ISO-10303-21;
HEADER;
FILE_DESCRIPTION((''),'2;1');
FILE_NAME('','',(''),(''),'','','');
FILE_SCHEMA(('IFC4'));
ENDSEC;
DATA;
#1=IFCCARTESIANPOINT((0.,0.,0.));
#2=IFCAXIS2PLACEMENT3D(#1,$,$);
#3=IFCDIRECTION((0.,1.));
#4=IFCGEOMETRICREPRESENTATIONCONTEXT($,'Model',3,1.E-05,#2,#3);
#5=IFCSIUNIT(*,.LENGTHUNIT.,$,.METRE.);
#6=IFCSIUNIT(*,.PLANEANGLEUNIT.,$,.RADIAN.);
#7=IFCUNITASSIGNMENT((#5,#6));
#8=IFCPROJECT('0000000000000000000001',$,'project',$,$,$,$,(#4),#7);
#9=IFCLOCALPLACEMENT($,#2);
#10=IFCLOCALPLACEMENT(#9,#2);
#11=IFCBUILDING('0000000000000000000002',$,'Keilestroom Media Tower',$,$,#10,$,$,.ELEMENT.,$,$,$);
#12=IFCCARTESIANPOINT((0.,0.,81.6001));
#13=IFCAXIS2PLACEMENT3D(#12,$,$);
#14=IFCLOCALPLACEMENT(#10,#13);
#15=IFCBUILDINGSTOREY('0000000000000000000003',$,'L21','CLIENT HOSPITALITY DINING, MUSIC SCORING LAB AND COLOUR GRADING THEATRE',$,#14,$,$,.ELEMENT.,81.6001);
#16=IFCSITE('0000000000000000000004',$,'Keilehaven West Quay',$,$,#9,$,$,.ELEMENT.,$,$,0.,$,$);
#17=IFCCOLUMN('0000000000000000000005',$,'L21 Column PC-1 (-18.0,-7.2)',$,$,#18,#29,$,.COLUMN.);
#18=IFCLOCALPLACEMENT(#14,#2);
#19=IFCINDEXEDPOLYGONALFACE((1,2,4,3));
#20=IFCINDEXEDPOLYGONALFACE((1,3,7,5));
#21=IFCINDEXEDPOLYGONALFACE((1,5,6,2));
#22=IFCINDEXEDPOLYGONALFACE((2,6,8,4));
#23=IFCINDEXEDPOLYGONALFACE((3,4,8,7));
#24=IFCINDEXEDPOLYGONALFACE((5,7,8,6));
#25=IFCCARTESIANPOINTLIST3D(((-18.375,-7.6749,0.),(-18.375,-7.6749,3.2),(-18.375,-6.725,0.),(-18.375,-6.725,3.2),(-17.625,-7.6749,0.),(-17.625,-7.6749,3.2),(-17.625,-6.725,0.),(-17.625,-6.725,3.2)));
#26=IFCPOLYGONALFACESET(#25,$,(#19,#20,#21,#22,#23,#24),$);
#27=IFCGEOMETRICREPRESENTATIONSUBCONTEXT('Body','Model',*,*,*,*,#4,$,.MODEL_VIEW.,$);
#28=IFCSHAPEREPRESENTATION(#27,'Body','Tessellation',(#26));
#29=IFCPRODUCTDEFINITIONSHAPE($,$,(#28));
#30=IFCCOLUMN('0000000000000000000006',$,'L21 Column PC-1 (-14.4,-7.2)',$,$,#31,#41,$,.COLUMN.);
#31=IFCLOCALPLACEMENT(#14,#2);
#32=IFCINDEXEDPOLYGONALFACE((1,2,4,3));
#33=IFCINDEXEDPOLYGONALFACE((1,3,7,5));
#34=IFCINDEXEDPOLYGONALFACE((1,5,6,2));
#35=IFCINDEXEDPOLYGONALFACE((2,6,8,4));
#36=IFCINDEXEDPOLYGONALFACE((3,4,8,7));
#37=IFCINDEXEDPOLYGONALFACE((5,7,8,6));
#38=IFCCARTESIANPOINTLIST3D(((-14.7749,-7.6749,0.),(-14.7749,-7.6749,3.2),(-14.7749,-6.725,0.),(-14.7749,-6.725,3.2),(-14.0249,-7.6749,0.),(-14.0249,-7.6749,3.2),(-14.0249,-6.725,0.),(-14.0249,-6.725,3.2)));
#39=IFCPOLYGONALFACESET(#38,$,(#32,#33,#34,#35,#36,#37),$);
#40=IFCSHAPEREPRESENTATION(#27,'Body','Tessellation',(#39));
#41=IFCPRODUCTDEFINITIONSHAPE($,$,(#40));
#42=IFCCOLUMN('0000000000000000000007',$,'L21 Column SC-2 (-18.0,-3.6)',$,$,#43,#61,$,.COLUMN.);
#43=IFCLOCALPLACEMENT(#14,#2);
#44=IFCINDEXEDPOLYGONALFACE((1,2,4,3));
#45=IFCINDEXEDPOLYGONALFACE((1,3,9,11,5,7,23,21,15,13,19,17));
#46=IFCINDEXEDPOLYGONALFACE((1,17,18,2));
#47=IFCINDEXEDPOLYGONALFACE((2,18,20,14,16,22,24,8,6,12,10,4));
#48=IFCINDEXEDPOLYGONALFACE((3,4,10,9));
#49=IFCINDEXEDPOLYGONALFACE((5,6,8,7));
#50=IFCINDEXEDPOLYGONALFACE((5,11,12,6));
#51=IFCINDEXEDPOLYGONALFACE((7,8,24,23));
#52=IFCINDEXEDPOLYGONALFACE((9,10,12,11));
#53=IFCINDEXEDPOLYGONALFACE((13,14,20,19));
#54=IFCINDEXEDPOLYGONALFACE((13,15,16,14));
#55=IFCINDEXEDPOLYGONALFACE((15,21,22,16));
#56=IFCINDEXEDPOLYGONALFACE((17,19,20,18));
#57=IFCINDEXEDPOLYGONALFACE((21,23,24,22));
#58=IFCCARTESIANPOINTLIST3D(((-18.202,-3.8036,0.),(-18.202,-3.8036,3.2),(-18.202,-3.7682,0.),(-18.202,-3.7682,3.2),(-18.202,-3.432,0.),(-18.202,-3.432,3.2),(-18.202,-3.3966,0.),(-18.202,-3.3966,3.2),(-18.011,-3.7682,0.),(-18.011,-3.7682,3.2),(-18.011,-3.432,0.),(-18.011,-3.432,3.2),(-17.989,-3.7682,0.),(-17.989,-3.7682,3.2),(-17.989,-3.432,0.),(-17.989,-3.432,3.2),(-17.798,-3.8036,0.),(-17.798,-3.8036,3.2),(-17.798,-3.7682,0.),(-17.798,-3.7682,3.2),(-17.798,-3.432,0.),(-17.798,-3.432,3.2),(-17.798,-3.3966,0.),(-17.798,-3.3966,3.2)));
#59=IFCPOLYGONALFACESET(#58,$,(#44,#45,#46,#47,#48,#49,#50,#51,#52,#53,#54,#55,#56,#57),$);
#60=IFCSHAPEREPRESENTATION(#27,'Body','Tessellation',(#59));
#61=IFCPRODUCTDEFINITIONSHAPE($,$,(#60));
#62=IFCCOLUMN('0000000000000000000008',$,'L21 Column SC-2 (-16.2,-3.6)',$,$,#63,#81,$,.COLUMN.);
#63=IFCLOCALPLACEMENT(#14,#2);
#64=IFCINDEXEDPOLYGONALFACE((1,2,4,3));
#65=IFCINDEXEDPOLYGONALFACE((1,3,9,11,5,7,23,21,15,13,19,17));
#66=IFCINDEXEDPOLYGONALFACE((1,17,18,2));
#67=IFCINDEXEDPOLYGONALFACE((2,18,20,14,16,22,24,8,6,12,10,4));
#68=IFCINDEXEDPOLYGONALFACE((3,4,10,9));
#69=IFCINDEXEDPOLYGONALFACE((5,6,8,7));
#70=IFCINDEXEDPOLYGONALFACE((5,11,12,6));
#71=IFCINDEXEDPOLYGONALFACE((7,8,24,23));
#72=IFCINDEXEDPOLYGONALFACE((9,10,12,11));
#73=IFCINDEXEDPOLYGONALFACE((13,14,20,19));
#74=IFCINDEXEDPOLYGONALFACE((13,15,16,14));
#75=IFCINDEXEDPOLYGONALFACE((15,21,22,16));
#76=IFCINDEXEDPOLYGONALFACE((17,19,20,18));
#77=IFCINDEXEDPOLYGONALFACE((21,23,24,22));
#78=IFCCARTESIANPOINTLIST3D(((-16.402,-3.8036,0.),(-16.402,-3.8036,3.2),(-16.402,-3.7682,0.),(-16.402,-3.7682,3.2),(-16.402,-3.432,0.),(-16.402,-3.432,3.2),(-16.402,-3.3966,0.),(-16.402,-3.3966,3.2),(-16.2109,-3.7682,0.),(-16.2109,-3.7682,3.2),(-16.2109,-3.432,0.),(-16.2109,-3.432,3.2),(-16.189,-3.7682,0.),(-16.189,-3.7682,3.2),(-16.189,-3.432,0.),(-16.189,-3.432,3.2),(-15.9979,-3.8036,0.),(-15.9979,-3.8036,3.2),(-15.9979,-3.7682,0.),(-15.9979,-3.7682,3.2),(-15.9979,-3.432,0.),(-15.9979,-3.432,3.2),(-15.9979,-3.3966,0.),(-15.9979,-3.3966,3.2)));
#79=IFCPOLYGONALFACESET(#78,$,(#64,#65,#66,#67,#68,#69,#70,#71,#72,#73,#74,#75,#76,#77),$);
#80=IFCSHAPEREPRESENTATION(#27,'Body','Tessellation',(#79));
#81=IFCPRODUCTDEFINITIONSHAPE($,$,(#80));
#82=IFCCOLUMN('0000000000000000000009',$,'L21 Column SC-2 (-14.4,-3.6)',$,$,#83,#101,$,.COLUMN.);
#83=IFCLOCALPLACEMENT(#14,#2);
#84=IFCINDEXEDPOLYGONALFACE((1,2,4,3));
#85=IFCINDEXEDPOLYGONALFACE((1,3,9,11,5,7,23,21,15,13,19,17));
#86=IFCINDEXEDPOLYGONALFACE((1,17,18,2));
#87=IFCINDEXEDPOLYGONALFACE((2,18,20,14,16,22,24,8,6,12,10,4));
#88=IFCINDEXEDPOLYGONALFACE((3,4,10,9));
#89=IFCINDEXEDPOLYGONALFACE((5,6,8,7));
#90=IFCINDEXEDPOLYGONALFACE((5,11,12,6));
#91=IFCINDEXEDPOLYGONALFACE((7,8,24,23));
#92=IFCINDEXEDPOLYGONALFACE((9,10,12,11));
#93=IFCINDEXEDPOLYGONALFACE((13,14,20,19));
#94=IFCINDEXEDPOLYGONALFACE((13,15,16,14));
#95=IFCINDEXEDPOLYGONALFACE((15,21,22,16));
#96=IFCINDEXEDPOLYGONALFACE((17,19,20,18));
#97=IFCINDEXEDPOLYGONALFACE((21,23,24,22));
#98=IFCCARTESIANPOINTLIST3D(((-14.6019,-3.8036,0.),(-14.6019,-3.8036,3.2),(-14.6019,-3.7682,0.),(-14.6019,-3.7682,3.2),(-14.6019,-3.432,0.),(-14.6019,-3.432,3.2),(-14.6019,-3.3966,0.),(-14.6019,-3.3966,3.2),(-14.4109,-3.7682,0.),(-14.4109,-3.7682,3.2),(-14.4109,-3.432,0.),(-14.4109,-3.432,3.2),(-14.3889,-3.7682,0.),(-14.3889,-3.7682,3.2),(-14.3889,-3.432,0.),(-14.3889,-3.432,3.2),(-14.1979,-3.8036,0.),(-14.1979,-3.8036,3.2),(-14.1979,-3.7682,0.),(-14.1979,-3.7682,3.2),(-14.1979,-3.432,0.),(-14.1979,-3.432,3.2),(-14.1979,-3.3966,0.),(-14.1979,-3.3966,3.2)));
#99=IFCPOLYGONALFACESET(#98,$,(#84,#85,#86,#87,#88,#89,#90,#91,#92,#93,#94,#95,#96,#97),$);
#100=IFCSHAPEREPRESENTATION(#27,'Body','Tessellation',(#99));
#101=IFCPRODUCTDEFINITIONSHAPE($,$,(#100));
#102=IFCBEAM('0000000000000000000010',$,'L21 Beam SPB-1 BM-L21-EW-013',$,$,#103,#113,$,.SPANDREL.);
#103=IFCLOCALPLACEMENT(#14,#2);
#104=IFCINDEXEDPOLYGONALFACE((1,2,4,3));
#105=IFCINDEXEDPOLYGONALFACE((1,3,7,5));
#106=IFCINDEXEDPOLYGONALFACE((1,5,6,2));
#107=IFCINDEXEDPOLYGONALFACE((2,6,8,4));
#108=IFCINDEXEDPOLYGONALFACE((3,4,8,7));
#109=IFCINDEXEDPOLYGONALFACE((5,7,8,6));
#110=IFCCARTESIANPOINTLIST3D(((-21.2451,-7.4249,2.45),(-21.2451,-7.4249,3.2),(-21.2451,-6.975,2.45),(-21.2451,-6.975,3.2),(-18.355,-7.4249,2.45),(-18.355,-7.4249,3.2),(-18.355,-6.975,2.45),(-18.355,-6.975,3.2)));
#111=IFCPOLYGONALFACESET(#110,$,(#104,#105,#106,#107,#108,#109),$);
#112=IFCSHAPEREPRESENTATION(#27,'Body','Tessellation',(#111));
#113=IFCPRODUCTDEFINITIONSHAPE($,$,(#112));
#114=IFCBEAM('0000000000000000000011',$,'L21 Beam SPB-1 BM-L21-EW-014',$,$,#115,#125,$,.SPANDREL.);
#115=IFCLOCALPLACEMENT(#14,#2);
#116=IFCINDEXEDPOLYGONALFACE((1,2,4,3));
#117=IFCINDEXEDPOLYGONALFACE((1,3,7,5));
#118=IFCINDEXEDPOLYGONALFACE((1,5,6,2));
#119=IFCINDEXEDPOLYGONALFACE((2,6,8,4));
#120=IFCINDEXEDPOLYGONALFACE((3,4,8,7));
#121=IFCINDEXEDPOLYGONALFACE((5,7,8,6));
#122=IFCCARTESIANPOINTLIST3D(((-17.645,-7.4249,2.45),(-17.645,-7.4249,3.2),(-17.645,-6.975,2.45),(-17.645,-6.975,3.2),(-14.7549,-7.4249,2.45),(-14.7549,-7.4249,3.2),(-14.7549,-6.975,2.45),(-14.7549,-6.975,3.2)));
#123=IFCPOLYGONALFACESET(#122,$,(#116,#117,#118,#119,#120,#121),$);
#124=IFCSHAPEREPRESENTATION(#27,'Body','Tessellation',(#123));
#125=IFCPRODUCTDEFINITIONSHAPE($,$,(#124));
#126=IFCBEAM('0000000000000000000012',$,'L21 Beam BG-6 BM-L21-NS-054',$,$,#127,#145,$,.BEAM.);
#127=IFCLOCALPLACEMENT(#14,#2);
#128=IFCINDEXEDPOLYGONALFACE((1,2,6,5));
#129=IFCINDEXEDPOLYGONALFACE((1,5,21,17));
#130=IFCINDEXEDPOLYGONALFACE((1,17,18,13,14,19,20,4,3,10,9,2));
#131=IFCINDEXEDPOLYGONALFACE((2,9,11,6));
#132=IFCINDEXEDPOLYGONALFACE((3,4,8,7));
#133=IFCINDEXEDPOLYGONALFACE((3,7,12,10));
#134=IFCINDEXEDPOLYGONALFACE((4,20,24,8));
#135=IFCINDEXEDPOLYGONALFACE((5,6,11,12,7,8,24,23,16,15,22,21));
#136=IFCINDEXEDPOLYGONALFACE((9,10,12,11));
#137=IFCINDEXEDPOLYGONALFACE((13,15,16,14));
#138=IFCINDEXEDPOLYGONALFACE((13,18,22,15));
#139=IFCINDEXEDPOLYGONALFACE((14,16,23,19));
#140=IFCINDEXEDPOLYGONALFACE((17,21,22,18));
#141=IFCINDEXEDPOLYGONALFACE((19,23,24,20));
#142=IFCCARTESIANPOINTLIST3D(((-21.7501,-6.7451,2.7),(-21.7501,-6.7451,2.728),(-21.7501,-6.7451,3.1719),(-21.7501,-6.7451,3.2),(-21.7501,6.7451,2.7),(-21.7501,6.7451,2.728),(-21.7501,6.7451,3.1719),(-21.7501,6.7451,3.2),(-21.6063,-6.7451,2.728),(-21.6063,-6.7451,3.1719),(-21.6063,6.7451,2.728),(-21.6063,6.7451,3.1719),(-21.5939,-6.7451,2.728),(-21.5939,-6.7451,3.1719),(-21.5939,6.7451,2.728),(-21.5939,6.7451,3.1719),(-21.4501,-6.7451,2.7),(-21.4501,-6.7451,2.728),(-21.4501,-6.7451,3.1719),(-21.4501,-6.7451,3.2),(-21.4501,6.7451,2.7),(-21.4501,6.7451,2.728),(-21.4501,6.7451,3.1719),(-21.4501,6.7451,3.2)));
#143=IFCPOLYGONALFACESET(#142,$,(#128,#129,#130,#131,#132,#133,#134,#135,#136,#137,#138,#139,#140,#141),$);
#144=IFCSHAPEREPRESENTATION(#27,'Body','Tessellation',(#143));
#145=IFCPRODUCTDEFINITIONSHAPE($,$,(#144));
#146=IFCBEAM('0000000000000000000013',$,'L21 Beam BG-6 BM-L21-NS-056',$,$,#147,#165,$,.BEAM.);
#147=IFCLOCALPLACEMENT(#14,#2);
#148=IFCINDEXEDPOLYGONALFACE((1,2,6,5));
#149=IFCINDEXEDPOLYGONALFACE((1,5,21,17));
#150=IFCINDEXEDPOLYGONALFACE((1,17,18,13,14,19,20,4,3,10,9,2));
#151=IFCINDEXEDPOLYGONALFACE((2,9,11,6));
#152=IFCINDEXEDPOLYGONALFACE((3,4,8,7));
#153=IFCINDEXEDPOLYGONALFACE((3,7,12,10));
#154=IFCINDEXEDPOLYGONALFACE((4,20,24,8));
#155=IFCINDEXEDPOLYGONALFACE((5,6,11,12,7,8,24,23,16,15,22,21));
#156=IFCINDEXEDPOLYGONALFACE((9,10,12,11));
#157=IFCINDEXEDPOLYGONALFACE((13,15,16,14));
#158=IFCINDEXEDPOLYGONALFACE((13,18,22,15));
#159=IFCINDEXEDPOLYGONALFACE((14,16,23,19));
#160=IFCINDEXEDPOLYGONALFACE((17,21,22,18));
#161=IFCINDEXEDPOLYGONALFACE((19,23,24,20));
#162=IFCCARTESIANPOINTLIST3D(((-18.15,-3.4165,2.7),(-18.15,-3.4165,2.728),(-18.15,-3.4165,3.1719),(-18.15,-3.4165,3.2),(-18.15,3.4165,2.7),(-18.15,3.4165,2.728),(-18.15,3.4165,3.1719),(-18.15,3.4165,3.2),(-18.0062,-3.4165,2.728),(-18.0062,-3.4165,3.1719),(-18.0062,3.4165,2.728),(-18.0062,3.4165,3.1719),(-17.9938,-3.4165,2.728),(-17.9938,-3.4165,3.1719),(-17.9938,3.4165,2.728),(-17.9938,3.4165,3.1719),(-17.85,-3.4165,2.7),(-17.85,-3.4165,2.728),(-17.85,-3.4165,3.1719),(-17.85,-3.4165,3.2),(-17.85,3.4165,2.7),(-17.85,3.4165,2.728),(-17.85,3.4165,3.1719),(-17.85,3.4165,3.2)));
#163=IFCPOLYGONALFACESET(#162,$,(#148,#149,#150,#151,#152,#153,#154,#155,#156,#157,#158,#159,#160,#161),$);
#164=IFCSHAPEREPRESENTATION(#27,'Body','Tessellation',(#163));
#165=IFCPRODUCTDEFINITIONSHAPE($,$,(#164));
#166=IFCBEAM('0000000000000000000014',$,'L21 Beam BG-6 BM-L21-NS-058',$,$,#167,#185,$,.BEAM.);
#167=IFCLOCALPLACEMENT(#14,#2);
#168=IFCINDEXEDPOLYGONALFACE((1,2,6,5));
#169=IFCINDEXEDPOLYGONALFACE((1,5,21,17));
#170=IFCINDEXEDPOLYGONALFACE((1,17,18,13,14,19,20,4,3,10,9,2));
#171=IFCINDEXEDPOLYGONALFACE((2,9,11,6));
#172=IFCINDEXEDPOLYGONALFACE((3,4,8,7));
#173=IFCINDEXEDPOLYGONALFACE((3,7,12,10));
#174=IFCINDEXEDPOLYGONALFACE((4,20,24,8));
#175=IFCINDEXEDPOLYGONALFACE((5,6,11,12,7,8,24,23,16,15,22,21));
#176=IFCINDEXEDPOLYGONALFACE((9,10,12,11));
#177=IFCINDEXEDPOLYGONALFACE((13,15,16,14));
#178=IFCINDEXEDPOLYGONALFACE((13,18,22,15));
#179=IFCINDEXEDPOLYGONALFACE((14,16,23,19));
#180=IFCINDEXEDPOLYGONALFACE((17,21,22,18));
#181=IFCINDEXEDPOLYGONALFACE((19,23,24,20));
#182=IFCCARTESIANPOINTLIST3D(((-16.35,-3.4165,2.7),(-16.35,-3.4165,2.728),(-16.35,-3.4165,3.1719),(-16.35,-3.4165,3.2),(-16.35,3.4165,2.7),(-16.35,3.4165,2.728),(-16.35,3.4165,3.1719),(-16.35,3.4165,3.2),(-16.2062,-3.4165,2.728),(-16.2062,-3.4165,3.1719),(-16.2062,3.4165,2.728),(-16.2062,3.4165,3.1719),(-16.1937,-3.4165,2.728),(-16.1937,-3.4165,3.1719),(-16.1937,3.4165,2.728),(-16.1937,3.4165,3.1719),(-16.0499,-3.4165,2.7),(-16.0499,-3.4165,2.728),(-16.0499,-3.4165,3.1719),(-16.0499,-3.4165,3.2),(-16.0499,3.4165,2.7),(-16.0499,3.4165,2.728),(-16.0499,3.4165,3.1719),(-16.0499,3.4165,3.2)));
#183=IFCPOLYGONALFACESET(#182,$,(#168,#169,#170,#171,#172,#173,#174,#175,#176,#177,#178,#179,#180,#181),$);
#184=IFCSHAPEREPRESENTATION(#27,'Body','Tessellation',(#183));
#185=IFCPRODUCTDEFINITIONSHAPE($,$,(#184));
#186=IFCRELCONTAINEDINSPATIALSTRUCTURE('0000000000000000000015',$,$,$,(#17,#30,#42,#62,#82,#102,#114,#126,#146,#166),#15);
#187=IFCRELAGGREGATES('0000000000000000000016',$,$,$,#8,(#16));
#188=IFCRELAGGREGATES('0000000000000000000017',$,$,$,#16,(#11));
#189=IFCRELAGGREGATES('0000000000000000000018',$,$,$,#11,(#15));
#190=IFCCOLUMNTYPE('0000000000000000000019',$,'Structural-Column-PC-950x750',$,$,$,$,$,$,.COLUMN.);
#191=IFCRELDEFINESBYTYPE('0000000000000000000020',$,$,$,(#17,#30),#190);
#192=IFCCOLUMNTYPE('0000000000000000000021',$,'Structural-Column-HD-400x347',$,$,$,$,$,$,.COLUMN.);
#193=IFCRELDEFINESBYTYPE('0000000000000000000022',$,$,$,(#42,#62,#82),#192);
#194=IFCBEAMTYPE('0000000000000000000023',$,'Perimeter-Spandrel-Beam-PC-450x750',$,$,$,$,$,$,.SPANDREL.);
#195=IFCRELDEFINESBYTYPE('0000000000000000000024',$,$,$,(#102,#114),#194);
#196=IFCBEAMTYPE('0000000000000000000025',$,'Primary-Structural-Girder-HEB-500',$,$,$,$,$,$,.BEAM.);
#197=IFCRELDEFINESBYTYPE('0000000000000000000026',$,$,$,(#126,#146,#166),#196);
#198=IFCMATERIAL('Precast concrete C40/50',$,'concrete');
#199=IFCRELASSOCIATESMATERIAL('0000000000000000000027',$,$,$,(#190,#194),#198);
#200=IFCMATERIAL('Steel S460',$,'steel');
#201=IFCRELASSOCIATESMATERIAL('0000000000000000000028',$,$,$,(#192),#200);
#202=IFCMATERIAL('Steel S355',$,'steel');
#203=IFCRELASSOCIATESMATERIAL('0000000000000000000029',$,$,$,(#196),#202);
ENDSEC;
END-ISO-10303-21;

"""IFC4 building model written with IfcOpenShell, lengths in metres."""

from ifc_helpers import new_model, si_unit, direction, frame, origin, origin_2d, place, context, subcontext, project, spatial, rectangle, i_section, extrude, source, transform, mapped, material, material_profile, profile_set, type_object, element, save


model = new_model("IFC4")

# Units and contexts
model_context = context("Model", 3, precision=1e-05, world=origin(), true_north=direction((0.0, 1.0)))
body_context = subcontext(model_context, "Body", "Model", "MODEL_VIEW")
ifc_project = project(units=[si_unit("LENGTHUNIT", "METRE"), si_unit("PLANEANGLEUNIT", "RADIAN")], contexts=[model_context])

# Site, building, storey
site_placement = place(None, origin())
site = spatial("IfcSite", under=ifc_project, at=site_placement, Name="Keilehaven West Quay", CompositionType="ELEMENT", RefElevation=0.0)
building_placement = place(site_placement, origin())
building = spatial("IfcBuilding", under=site, at=building_placement, Name="Keilestroom Media Tower", CompositionType="ELEMENT")
storey_placement = place(building_placement, frame((0.0, 0.0, 81.6001)))
storey = spatial("IfcBuildingStorey", under=building, at=storey_placement, Name="L21", Description="CLIENT HOSPITALITY DINING, MUSIC SCORING LAB AND COLOUR GRADING THEATRE", CompositionType="ELEMENT", Elevation=81.6001)

# Columns
ifc_material_1 = material(Name="Precast concrete C40/50", Category="concrete")
ifc_material_profile_1 = material_profile(ifc_material_1, rectangle(XDim=0.75, YDim=0.95, at=origin_2d()), Name="PC 950x750")
ifc_profile_set_1 = profile_set([ifc_material_profile_1], Name="Precast concrete C40/50")
column_type_1 = type_object("IfcColumnType", Name="Structural-Column-PC-950x750", PredefinedType="COLUMN", material=ifc_profile_set_1)
shared_shape_1 = source(origin(), body_context, "Body", "SweptSolid", [
    extrude(rectangle(XDim=0.75, YDim=0.95, at=origin_2d()), origin(), (0.0, 0.0, 1.0), 3.2),
])
for number, where, z_axis, x_axis, name in (
    (1, (-18.0, -7.2, 0.0), (0.0, 0.0, 1.0), (1.0, 0.0, 0.0), "L21 Column PC-1 (-18.0,-7.2)"),
    (2, (-14.3999, -7.2, 0.0), (0.0, 0.0, 1.0), (1.0, 0.0, 0.0), "L21 Column PC-1 (-14.4,-7.2)"),
):
    element("IfcColumn", number, at=place(storey_placement, frame(where, z_axis=z_axis, x_axis=x_axis)), inside=storey, type_object=column_type_1, Name=name, PredefinedType="COLUMN", context=body_context, shape_type="MappedRepresentation", body=[
        mapped(shared_shape_1, transform((0.0, 0.0, 0.0), x_axis=(1.0, 0.0, 0.0), y_axis=(0.0, 1.0, 0.0), z_axis=(0.0, 0.0, 1.0), scale=1.0)),
    ])
ifc_material_2 = material(Name="Steel S460", Category="steel")
ifc_material_profile_2 = material_profile(ifc_material_2, i_section(OverallWidth=0.4041, OverallDepth=0.407, WebThickness=0.022, FlangeThickness=0.0354, at=origin_2d()), Name="HD 400x347")
ifc_profile_set_2 = profile_set([ifc_material_profile_2], Name="Steel S460")
column_type_2 = type_object("IfcColumnType", Name="Structural-Column-HD-400x347", PredefinedType="COLUMN", material=ifc_profile_set_2)
shared_shape_2 = source(origin(), body_context, "Body", "SweptSolid", [
    extrude(i_section(OverallWidth=0.4041, OverallDepth=0.407, WebThickness=0.022, FlangeThickness=0.0354, at=origin_2d()), origin(), (0.0, 0.0, 1.0), 3.2),
])
for number, where, z_axis, x_axis, name in (
    (3, (-18.0, -3.6001, 0.0), (0.0, 0.0, 1.0), (1.0, 0.0, 0.0), "L21 Column SC-2 (-18.0,-3.6)"),
    (4, (-16.2, -3.6001, 0.0), (0.0, 0.0, 1.0), (1.0, 0.0, 0.0), "L21 Column SC-2 (-16.2,-3.6)"),
    (5, (-14.3999, -3.6001, 0.0), (0.0, 0.0, 1.0), (1.0, 0.0, 0.0), "L21 Column SC-2 (-14.4,-3.6)"),
):
    element("IfcColumn", number, at=place(storey_placement, frame(where, z_axis=z_axis, x_axis=x_axis)), inside=storey, type_object=column_type_2, Name=name, PredefinedType="COLUMN", context=body_context, shape_type="MappedRepresentation", body=[
        mapped(shared_shape_2, transform((0.0, 0.0, 0.0), x_axis=(1.0, 0.0, 0.0), y_axis=(0.0, 1.0, 0.0), z_axis=(0.0, 0.0, 1.0), scale=1.0)),
    ])

# Beams
ifc_material_profile_3 = material_profile(ifc_material_1, rectangle(XDim=0.45, YDim=0.75, at=origin_2d()), Name="PC 450x750")
ifc_profile_set_3 = profile_set([ifc_material_profile_3], Name="Precast concrete C40/50")
beam_type_1 = type_object("IfcBeamType", Name="Perimeter-Spandrel-Beam-PC-450x750", PredefinedType="SPANDREL", material=ifc_profile_set_3)
shared_shape_3 = source(origin(), body_context, "Body", "SweptSolid", [
    extrude(rectangle(XDim=0.45, YDim=0.75, at=origin_2d()), origin(), (0.0, 0.0, 1.0), 2.8901),
])
for number, where, z_axis, x_axis, name in (
    (6, (-21.2451, -7.2, 2.825), (1.0, 0.0, 0.0), (0.0, 1.0, 0.0), "L21 Beam SPB-1 BM-L21-EW-013"),
    (7, (-17.645, -7.2, 2.825), (1.0, 0.0, 0.0), (0.0, 1.0, 0.0), "L21 Beam SPB-1 BM-L21-EW-014"),
):
    element("IfcBeam", number, at=place(storey_placement, frame(where, z_axis=z_axis, x_axis=x_axis)), inside=storey, type_object=beam_type_1, Name=name, PredefinedType="SPANDREL", context=body_context, shape_type="MappedRepresentation", body=[
        mapped(shared_shape_3, transform((0.0, 0.0, 0.0), x_axis=(1.0, 0.0, 0.0), y_axis=(0.0, 1.0, 0.0), z_axis=(0.0, 0.0, 1.0), scale=1.0)),
    ])
ifc_material_3 = material(Name="Steel S355", Category="steel")
ifc_material_profile_4 = material_profile(ifc_material_3, i_section(OverallWidth=0.3, OverallDepth=0.5, WebThickness=0.0125, FlangeThickness=0.0281, at=origin_2d()), Name="HEB 500")
ifc_profile_set_4 = profile_set([ifc_material_profile_4], Name="Steel S355")
beam_type_2 = type_object("IfcBeamType", Name="Primary-Structural-Girder-HEB-500", PredefinedType="BEAM", material=ifc_profile_set_4)
shared_shape_4 = source(origin(), body_context, "Body", "SweptSolid", [
    extrude(i_section(OverallWidth=0.3, OverallDepth=0.5, WebThickness=0.0125, FlangeThickness=0.0281, at=origin_2d()), origin(), (0.0, 0.0, 1.0), 13.4902),
])
beam_placement = place(storey_placement, frame((-21.6001, -6.7451, 2.95), z_axis=(0.0, 1.0, 0.0), x_axis=(-1.0, 0.0, 0.0)))
element("IfcBeam", 8, at=beam_placement, inside=storey, type_object=beam_type_2, Name="L21 Beam BG-6 BM-L21-NS-054", PredefinedType="BEAM", context=body_context, shape_type="MappedRepresentation", body=[
    mapped(shared_shape_4, transform((0.0, 0.0, 0.0), x_axis=(1.0, 0.0, 0.0), y_axis=(0.0, 1.0, 0.0), z_axis=(0.0, 0.0, 1.0), scale=1.0)),
])
shared_shape_5 = source(origin(), body_context, "Body", "SweptSolid", [
    extrude(i_section(OverallWidth=0.3, OverallDepth=0.5, WebThickness=0.0125, FlangeThickness=0.0281, at=origin_2d()), origin(), (0.0, 0.0, 1.0), 6.833),
])
for number, where, z_axis, x_axis, name in (
    (9, (-18.0, -3.4165, 2.95), (0.0, 1.0, 0.0), (-1.0, 0.0, 0.0), "L21 Beam BG-6 BM-L21-NS-056"),
    (10, (-16.2, -3.4165, 2.95), (0.0, 1.0, 0.0), (-1.0, 0.0, 0.0), "L21 Beam BG-6 BM-L21-NS-058"),
):
    element("IfcBeam", number, at=place(storey_placement, frame(where, z_axis=z_axis, x_axis=x_axis)), inside=storey, type_object=beam_type_2, Name=name, PredefinedType="BEAM", context=body_context, shape_type="MappedRepresentation", body=[
        mapped(shared_shape_5, transform((0.0, 0.0, 0.0), x_axis=(1.0, 0.0, 0.0), y_axis=(0.0, 1.0, 0.0), z_axis=(0.0, 0.0, 1.0), scale=1.0)),
    ])

save(model, "model.ifc")
